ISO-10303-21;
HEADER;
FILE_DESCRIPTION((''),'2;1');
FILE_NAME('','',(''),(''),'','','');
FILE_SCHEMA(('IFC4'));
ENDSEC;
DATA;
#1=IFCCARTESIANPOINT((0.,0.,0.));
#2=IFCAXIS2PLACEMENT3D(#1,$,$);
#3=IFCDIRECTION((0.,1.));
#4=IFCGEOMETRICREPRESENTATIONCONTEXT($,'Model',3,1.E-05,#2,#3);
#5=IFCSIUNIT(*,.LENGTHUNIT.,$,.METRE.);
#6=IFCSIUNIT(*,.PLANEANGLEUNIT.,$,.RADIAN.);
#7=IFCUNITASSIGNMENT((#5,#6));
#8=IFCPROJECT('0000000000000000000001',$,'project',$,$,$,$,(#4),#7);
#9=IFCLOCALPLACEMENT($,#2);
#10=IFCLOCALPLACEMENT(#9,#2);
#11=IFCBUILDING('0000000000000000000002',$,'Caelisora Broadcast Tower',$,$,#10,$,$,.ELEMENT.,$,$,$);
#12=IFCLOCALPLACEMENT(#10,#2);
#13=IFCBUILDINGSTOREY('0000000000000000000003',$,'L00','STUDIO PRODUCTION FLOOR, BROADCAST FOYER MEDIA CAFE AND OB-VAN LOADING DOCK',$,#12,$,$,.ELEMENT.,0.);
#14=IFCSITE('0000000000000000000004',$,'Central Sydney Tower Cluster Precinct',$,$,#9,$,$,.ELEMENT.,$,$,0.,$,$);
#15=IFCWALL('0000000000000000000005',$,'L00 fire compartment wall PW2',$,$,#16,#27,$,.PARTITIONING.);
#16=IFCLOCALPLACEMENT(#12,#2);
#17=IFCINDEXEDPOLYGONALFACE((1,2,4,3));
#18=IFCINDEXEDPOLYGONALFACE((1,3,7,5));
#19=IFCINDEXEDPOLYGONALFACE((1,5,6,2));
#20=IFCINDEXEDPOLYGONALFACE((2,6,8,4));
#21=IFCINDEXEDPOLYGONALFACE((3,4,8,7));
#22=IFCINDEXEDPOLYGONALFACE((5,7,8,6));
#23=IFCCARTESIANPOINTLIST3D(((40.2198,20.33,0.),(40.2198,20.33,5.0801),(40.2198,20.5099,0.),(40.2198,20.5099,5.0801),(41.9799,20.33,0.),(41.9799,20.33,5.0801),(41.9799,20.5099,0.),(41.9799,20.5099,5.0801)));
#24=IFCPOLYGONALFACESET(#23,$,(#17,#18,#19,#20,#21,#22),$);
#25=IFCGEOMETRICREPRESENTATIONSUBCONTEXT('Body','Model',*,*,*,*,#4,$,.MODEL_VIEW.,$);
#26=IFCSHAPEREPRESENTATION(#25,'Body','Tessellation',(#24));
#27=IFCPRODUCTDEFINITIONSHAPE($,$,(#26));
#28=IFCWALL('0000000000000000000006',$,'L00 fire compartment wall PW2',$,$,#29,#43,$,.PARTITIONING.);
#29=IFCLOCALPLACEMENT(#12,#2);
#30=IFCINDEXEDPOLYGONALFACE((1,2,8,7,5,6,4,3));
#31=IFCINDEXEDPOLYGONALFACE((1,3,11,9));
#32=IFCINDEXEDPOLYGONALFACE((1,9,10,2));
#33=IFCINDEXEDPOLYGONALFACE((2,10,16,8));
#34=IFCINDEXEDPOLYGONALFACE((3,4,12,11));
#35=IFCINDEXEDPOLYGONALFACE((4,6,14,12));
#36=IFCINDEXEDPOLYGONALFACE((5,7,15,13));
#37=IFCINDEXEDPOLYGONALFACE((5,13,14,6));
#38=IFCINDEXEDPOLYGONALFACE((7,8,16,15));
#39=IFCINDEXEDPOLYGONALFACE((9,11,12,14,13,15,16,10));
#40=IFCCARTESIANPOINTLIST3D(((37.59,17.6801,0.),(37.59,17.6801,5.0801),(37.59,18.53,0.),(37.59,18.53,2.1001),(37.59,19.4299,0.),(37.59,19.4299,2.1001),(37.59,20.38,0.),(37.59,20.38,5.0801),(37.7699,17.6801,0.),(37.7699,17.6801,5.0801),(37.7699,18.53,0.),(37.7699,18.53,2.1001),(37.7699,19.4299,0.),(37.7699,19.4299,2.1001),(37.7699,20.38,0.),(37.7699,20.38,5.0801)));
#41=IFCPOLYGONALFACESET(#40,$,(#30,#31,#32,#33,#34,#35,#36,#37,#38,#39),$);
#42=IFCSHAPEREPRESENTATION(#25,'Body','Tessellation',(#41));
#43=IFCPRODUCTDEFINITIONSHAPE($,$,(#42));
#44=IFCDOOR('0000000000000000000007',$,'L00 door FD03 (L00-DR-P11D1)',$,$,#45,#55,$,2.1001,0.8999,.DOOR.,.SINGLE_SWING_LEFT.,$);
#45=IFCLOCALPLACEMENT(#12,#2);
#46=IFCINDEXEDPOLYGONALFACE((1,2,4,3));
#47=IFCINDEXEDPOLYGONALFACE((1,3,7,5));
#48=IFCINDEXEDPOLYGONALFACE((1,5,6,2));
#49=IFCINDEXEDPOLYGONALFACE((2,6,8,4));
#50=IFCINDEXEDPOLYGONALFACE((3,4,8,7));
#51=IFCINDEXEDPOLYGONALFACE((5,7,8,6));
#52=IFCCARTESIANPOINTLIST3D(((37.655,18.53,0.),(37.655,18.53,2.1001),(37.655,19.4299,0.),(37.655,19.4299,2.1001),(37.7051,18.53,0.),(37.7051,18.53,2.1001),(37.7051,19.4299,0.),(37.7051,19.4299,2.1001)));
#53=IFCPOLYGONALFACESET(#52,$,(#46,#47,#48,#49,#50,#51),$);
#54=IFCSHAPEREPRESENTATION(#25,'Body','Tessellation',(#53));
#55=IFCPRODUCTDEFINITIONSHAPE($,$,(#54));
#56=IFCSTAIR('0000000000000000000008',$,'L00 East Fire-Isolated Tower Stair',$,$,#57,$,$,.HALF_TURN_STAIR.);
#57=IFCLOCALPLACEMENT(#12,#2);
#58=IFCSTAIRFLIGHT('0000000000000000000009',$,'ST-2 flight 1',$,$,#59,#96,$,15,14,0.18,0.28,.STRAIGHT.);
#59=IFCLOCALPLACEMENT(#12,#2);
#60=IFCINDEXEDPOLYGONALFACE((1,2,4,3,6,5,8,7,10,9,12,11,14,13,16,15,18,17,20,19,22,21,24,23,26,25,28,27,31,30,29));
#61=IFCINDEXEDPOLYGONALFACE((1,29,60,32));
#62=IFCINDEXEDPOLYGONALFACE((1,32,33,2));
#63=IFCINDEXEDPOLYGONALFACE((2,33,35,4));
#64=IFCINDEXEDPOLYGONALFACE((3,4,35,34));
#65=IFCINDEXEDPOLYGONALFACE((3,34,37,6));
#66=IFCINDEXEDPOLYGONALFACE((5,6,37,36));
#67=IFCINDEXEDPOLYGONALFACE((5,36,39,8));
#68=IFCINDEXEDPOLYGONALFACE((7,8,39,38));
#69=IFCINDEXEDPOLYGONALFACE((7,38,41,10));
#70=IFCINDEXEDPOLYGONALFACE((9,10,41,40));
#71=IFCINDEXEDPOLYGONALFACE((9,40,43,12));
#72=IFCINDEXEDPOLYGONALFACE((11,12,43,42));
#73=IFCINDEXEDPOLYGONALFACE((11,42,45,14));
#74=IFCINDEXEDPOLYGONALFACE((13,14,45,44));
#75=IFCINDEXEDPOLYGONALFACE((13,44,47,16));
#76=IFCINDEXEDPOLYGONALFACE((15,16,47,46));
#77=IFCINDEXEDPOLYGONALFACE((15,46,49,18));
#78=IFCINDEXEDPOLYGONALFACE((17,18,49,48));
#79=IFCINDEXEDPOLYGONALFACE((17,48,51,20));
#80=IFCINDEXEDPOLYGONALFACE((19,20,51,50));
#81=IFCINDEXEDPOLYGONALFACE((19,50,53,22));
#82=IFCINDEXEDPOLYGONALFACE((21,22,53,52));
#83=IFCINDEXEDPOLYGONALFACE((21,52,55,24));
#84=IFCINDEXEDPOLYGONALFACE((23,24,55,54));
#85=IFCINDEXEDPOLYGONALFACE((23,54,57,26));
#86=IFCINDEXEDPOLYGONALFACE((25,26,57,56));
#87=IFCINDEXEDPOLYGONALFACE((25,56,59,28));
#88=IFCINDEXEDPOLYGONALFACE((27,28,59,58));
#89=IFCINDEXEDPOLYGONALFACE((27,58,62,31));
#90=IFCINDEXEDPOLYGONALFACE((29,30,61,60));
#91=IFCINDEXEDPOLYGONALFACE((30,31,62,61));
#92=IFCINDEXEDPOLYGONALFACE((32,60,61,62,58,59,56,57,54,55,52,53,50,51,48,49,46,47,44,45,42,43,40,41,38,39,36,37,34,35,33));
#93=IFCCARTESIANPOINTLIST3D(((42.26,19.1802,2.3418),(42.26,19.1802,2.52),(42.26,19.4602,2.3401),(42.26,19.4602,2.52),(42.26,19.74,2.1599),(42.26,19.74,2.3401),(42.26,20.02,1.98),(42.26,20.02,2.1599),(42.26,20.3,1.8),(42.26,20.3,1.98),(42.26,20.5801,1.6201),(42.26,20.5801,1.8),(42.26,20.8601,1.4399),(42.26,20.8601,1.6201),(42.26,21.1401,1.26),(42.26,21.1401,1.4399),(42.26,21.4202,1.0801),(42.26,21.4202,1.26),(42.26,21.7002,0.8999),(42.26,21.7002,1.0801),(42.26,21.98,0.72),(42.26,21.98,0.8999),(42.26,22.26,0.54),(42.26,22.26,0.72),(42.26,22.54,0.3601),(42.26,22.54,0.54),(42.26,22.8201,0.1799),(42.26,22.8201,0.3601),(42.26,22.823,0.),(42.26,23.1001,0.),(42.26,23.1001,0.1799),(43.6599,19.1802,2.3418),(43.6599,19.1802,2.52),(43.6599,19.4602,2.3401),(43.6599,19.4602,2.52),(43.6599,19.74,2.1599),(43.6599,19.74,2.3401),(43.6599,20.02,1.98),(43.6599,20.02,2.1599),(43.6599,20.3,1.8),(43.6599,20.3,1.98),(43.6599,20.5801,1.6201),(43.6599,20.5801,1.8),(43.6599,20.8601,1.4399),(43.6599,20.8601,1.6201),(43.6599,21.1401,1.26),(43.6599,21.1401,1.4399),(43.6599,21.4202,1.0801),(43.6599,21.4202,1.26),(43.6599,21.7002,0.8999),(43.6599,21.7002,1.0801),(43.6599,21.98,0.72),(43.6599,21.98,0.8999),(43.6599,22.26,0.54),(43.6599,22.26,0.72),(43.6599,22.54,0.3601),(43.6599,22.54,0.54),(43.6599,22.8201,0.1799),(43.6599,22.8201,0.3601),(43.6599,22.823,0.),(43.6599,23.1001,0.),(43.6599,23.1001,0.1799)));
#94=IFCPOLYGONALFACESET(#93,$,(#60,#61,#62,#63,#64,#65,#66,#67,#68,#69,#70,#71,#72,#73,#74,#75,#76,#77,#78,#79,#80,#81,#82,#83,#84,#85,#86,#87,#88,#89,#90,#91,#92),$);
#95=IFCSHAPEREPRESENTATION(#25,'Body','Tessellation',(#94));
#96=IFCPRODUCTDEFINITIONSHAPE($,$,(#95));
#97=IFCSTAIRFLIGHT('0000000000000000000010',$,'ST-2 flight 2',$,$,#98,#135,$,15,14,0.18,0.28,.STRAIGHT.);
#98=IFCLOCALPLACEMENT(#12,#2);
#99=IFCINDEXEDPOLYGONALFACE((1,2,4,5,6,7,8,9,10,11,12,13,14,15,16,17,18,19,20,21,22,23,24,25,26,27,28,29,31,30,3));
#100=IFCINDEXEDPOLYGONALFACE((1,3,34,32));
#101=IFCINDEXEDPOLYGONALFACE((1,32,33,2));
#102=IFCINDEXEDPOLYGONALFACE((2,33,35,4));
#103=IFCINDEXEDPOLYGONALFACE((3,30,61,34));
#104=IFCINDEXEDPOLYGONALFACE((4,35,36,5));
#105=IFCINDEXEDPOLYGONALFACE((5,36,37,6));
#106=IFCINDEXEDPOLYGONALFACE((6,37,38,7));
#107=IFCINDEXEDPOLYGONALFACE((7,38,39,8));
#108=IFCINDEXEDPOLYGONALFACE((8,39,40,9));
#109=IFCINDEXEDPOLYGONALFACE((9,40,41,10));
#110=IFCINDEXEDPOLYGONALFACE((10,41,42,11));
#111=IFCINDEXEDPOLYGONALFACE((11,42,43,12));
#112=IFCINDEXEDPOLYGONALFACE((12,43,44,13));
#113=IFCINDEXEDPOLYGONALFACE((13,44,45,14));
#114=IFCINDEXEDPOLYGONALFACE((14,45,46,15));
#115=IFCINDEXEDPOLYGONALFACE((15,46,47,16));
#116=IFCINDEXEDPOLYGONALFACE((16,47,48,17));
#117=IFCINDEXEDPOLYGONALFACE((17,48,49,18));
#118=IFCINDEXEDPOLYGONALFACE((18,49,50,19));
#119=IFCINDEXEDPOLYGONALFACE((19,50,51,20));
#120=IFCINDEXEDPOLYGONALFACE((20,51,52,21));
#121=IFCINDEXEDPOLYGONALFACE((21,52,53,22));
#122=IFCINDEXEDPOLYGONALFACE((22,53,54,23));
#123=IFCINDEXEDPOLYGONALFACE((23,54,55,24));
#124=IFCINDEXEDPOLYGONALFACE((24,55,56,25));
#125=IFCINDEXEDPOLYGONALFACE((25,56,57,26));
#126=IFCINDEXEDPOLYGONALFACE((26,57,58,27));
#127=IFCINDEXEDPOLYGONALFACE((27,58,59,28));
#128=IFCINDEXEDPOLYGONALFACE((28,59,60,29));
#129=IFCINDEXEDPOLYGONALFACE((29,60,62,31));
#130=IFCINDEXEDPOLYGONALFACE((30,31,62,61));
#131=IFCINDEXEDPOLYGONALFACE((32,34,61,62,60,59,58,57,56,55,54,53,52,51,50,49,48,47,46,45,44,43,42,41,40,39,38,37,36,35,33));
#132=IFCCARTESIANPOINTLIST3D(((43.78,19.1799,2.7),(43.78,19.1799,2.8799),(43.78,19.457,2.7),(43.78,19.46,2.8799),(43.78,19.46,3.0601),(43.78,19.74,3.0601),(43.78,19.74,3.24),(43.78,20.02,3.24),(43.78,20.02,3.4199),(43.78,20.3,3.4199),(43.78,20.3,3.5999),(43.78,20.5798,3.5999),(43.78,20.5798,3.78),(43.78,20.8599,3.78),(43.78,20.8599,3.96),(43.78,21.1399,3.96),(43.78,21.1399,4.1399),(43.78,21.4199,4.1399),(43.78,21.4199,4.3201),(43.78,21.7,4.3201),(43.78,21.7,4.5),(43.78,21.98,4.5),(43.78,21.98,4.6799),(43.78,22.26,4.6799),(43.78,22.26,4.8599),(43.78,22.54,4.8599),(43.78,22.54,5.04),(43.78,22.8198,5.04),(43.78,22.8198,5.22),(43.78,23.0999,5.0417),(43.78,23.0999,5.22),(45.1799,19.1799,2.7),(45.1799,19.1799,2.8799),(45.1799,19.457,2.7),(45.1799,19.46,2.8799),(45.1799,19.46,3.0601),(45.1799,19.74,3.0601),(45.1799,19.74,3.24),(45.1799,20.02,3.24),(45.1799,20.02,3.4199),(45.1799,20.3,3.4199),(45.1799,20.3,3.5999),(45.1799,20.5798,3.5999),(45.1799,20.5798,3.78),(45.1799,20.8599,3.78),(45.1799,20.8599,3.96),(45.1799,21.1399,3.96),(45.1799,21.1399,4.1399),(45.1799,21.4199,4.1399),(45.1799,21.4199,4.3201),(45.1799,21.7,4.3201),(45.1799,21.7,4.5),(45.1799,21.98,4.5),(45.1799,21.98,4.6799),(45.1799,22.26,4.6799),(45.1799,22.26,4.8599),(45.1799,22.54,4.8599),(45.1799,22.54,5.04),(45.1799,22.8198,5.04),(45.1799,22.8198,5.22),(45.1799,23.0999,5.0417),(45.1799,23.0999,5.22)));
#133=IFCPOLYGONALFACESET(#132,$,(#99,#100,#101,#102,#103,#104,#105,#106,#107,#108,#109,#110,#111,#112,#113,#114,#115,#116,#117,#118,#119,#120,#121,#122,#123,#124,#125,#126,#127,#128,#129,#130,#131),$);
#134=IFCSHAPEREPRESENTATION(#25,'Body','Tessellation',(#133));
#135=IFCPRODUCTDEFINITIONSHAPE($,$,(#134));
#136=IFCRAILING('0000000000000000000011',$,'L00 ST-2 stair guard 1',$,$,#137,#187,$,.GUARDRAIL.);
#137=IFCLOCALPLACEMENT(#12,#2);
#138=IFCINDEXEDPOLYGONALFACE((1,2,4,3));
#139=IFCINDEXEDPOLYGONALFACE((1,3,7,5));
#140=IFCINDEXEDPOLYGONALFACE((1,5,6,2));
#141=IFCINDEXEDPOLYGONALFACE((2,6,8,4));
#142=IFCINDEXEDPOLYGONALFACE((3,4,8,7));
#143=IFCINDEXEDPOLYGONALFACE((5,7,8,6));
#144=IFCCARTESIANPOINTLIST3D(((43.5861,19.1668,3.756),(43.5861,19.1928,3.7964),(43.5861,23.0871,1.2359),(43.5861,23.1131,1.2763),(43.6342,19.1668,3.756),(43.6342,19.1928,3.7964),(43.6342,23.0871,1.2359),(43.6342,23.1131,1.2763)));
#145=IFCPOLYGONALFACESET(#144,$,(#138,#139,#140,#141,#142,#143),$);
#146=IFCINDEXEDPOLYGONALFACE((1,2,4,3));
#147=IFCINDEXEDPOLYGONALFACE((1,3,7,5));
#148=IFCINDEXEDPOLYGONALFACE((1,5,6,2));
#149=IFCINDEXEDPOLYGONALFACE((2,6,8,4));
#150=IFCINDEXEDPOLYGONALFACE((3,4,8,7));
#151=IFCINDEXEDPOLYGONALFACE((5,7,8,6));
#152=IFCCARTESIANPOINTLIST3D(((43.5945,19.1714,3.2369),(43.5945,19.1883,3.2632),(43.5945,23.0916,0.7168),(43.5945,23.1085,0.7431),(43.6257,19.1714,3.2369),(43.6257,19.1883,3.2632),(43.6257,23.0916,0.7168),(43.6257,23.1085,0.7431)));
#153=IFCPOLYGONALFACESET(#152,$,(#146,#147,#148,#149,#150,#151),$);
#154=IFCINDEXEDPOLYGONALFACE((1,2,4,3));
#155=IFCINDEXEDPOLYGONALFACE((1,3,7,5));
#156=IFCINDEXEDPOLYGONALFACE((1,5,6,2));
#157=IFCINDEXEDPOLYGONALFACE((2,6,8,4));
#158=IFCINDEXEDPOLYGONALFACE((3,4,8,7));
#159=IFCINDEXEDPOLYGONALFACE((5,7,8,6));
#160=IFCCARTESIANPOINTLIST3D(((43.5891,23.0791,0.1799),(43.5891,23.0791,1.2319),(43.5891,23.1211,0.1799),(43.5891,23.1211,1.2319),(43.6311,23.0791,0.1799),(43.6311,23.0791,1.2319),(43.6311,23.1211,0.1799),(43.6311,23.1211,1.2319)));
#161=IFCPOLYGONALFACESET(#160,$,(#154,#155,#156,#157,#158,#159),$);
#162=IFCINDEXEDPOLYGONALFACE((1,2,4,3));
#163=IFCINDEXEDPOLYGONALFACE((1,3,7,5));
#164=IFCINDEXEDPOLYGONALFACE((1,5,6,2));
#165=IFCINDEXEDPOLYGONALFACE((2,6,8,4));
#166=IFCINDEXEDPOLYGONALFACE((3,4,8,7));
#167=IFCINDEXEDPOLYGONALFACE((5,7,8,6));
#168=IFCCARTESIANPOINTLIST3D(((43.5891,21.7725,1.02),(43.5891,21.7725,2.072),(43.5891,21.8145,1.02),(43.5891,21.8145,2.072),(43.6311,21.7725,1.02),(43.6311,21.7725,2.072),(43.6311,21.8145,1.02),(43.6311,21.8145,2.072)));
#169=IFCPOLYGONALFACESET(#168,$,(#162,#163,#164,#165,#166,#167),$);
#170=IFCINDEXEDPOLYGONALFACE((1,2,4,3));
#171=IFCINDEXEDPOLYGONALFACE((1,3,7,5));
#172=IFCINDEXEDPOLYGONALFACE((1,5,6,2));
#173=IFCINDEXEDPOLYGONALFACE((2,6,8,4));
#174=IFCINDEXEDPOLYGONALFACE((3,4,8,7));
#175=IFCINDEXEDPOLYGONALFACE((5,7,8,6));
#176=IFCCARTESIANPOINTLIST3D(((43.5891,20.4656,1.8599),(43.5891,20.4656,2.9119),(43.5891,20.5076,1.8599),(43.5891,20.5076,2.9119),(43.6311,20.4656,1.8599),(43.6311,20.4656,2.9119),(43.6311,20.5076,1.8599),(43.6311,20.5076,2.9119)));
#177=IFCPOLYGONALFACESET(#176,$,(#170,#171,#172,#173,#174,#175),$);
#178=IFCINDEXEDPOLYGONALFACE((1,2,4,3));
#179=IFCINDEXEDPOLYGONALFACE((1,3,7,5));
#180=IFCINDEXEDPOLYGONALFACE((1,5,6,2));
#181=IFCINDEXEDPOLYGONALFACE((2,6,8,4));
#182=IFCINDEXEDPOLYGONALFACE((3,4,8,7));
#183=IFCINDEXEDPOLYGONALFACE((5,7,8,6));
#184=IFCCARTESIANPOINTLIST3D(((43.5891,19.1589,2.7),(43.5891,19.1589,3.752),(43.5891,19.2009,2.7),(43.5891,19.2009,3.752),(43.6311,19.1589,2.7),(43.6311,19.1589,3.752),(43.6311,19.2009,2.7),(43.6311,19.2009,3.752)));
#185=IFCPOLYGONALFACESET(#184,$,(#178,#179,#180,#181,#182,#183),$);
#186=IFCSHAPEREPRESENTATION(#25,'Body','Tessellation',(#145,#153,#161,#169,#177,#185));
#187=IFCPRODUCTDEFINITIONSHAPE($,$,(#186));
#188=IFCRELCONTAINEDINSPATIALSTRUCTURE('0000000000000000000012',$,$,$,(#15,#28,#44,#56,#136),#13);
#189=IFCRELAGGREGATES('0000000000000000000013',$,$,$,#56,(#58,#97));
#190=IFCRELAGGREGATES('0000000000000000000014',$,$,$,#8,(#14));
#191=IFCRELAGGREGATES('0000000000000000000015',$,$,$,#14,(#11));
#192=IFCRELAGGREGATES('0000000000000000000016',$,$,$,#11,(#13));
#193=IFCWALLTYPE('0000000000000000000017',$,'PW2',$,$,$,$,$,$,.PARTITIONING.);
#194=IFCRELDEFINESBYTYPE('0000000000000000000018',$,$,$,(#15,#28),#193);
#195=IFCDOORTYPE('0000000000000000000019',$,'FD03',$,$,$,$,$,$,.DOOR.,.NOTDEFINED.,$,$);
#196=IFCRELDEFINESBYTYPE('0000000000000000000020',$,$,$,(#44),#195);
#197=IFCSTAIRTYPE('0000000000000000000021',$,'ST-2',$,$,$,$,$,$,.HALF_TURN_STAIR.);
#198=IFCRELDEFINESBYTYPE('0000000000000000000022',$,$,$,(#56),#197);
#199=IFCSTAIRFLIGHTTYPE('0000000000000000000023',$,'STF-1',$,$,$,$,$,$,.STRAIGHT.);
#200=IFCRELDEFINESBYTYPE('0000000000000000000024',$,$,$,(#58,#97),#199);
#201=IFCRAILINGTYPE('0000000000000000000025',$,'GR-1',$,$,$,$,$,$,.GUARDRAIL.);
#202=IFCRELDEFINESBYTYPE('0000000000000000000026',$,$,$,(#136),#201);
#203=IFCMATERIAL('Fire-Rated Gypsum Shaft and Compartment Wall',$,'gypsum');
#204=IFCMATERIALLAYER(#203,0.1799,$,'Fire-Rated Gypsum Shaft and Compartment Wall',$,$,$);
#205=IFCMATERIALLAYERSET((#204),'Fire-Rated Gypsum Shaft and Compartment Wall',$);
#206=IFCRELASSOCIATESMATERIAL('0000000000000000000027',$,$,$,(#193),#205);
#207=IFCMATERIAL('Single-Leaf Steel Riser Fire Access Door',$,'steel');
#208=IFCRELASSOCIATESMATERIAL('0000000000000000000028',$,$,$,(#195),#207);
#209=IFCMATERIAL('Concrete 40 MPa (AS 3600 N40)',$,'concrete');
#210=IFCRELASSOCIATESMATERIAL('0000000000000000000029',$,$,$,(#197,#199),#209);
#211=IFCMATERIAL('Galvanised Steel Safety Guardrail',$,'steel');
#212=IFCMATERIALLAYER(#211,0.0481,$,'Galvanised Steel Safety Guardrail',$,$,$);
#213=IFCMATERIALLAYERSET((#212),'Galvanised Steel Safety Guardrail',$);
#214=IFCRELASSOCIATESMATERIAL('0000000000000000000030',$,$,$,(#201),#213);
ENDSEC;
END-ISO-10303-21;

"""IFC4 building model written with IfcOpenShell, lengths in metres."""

from ifc_helpers import new_model, si_unit, direction, frame, frame_2d, origin, origin_2d, place, context, subcontext, project, spatial, polyline, rectangle, outline, extrude, material, layer, layer_set, type_object, element, fill, aggregate, save


model = new_model("IFC4")

# Units and contexts
model_context = context("Model", 3, precision=1e-05, world=origin(), true_north=direction((0.0, 1.0)))
body_context = subcontext(model_context, "Body", "Model", "MODEL_VIEW")
ifc_project = project(units=[si_unit("LENGTHUNIT", "METRE"), si_unit("PLANEANGLEUNIT", "RADIAN")], contexts=[model_context])

# Site, building, storey
site_placement = place(None, origin())
site = spatial("IfcSite", under=ifc_project, at=site_placement, Name="Central Sydney Tower Cluster Precinct", CompositionType="ELEMENT", RefElevation=0.0)
building_placement = place(site_placement, origin())
building = spatial("IfcBuilding", under=site, at=building_placement, Name="Caelisora Broadcast Tower", CompositionType="ELEMENT")
storey_placement = place(building_placement, origin())
storey = spatial("IfcBuildingStorey", under=building, at=storey_placement, Name="L00", Description="STUDIO PRODUCTION FLOOR, BROADCAST FOYER MEDIA CAFE AND OB-VAN LOADING DOCK", CompositionType="ELEMENT", Elevation=0.0)

# Shared definitions
ifc_material_1 = material(Name="Fire-Rated Gypsum Shaft and Compartment Wall", Category="gypsum")
ifc_layer_1 = layer(ifc_material_1, 0.1799, Name="Fire-Rated Gypsum Shaft and Compartment Wall")
ifc_layer_set_1 = layer_set([ifc_layer_1], Name="Fire-Rated Gypsum Shaft and Compartment Wall")
wall_type_1 = type_object("IfcWallType", Name="PW2", PredefinedType="PARTITIONING", material=ifc_layer_set_1)

# Wall
wall_1_placement = place(storey_placement, frame((40.22, 20.4199, 0.0), z_axis=(0.0, 0.0, 1.0), x_axis=(1.0, 0.0, 0.0)))
element("IfcWall", 1, at=wall_1_placement, inside=storey, type_object=wall_type_1, Name="L00 fire compartment wall PW2", PredefinedType="PARTITIONING", context=body_context, shape_type="SweptSolid", body=[
    extrude(rectangle(XDim=1.76, YDim=0.1799, at=frame_2d((0.8799, 0.0))), origin(), (0.0, 0.0, 1.0), 5.0801),
])

# Wall, opening, door
wall_2_placement = place(storey_placement, frame((37.6799, 17.6799, 0.0), z_axis=(0.0, 0.0, 1.0), x_axis=(0.0, 1.0, 0.0)))
wall_2 = element("IfcWall", 2, at=wall_2_placement, inside=storey, type_object=wall_type_1, Name="L00 fire compartment wall PW2", PredefinedType="PARTITIONING", context=body_context, shape_type="SweptSolid", body=[
    extrude(rectangle(XDim=2.7, YDim=0.1799, at=frame_2d((1.3501, 0.0))), origin(), (0.0, 0.0, 1.0), 5.0801),
])
opening_1_placement = place(wall_2_placement, frame((0.8501, 0.0, 0.0)))
opening_1 = element("IfcOpeningElement", 3, at=opening_1_placement, cuts=wall_2, PredefinedType="OPENING", context=body_context, shape_type="SweptSolid", body=[
    extrude(rectangle(XDim=0.8999, YDim=2.1001, at=frame_2d((0.45, 1.05))), frame((0.0, 0.1021, 0.0), z_axis=(0.0, -1.0, 0.0), x_axis=(1.0, 0.0, 0.0)), (0.0, 0.0, 1.0), 0.2039),
])
ifc_material_2 = material(Name="Single-Leaf Steel Riser Fire Access Door", Category="steel")
door_type_1 = type_object("IfcDoorType", Name="FD03", OperationType="NOTDEFINED", PredefinedType="DOOR", material=ifc_material_2)
door_1_placement = place(opening_1_placement, origin())
door_1 = element("IfcDoor", 4, at=door_1_placement, inside=storey, type_object=door_type_1, Name="L00 door FD03 (L00-DR-P11D1)", OperationType="SINGLE_SWING_LEFT", OverallHeight=2.1001, OverallWidth=0.8999, PredefinedType="DOOR", context=body_context, shape_type="SweptSolid", body=[
    extrude(rectangle(XDim=0.8999, YDim=2.1001, at=frame_2d((0.45, 1.05))), frame((0.0, 0.0249, 0.0), z_axis=(0.0, -1.0, 0.0), x_axis=(1.0, 0.0, 0.0)), (0.0, 0.0, 1.0), 0.05),
])
fill(opening_1, door_1)

# Stair, stair flights
ifc_material_3 = material(Name="Concrete 40 MPa (AS 3600 N40)", Category="concrete")
stair_type = type_object("IfcStairType", Name="ST-2", PredefinedType="HALF_TURN_STAIR", material=ifc_material_3)
stair_placement = place(storey_placement, origin())
stair = element("IfcStair", 5, at=stair_placement, inside=storey, type_object=stair_type, Name="L00 East Fire-Isolated Tower Stair", PredefinedType="HALF_TURN_STAIR")
stair_flight_type = type_object("IfcStairFlightType", Name="STF-1", PredefinedType="STRAIGHT", material=ifc_material_3)
stair_flight_1_placement = place(storey_placement, frame((42.96, 23.1001, 0.0), z_axis=(0.0, 0.0, 1.0), x_axis=(0.0, -1.0, 0.0)))
stair_flight_1 = element("IfcStairFlight", 6, at=stair_flight_1_placement, type_object=stair_flight_type, Name="ST-2 flight 1", NumberOfRisers=15, NumberOfTreads=14, PredefinedType="STRAIGHT", RiserHeight=0.18, TreadLength=0.28, context=body_context, shape_type="SweptSolid", body=[
    extrude(outline(polyline([(0.0, 0.0), (0.0, 0.1799), (0.28, 0.1799), (0.28, 0.3601), (0.5601, 0.3601), (0.5601, 0.54), (0.8401, 0.54), (0.8401, 0.72), (1.1201, 0.72), (1.1201, 0.8999), (1.3999, 0.8999), (1.3999, 1.0801), (1.6799, 1.0801), (1.6799, 1.26), (1.96, 1.26), (1.96, 1.4399), (2.24, 1.4399), (2.24, 1.6201), (2.52, 1.6201), (2.52, 1.8), (2.8, 1.8), (2.8, 1.98), (3.0801, 1.98), (3.0801, 2.1599), (3.3601, 2.1599), (3.3601, 2.3401), (3.6399, 2.3401), (3.6399, 2.52), (3.9199, 2.52), (3.9199, 2.7), (3.9199, 2.3418), (0.2771, 0.0), (0.0, 0.0)])), frame((0.0, 0.7, 0.0), z_axis=(0.0, -1.0, 0.0), x_axis=(1.0, 0.0, 0.0)), (0.0, 0.0, 1.0), 1.3999),
])
stair_flight_2_placement = place(storey_placement, frame((44.48, 19.1799, 2.7), z_axis=(0.0, 0.0, 1.0), x_axis=(0.0, 1.0, 0.0)))
stair_flight_2 = element("IfcStairFlight", 7, at=stair_flight_2_placement, type_object=stair_flight_type, Name="ST-2 flight 2", NumberOfRisers=15, NumberOfTreads=14, PredefinedType="STRAIGHT", RiserHeight=0.18, TreadLength=0.28, context=body_context, shape_type="SweptSolid", body=[
    extrude(outline(polyline([(0.0, 0.0), (0.0, 0.1799), (0.28, 0.1799), (0.28, 0.3601), (0.5601, 0.3601), (0.5601, 0.54), (0.8401, 0.54), (0.8401, 0.72), (1.1201, 0.72), (1.1201, 0.8999), (1.3999, 0.8999), (1.3999, 1.0801), (1.6799, 1.0801), (1.6799, 1.26), (1.96, 1.26), (1.96, 1.4399), (2.24, 1.4399), (2.24, 1.6201), (2.52, 1.6201), (2.52, 1.8), (2.8, 1.8), (2.8, 1.98), (3.0801, 1.98), (3.0801, 2.1599), (3.3601, 2.1599), (3.3601, 2.3401), (3.6399, 2.3401), (3.6399, 2.52), (3.9199, 2.52), (3.9199, 2.7), (3.9199, 2.3418), (0.2771, 0.0), (0.0, 0.0)])), frame((0.0, 0.7, 0.0), z_axis=(0.0, -1.0, 0.0), x_axis=(1.0, 0.0, 0.0)), (0.0, 0.0, 1.0), 1.3999),
])
aggregate(stair, [stair_flight_1, stair_flight_2])

# Railing
ifc_material_4 = material(Name="Galvanised Steel Safety Guardrail", Category="steel")
ifc_layer_2 = layer(ifc_material_4, 0.0481, Name="Galvanised Steel Safety Guardrail")
ifc_layer_set_2 = layer_set([ifc_layer_2], Name="Galvanised Steel Safety Guardrail")
railing_type_1 = type_object("IfcRailingType", Name="GR-1", PredefinedType="GUARDRAIL", material=ifc_layer_set_2)
railing_1_placement = place(storey_placement, frame((43.6101, 23.1001, 0.1799)))
element("IfcRailing", 8, at=railing_1_placement, inside=storey, type_object=railing_type_1, Name="L00 ST-2 stair guard 1", PredefinedType="GUARDRAIL", context=body_context, shape_type="SweptSolid", body=[
    extrude(rectangle(XDim=0.0481, YDim=0.0481, at=origin_2d()), frame((0.0, 0.0, 1.0762), z_axis=(0.0, -0.841187, 0.540744), x_axis=(1.0, 0.0, 0.0)), (0.0, 0.0, 1.0), 4.6604),
    extrude(rectangle(XDim=0.0312, YDim=0.0312, at=origin_2d()), frame((0.0, 0.0, 0.55), z_axis=(0.0, -0.841187, 0.540744), x_axis=(1.0, 0.0, 0.0)), (0.0, 0.0, 1.0), 4.6604),
    extrude(rectangle(XDim=0.042, YDim=0.042, at=origin_2d()), origin(), (0.0, 0.0, 1.0), 1.052),
    extrude(rectangle(XDim=0.042, YDim=0.042, at=origin_2d()), frame((0.0, -1.3066, 0.8401)), (0.0, 0.0, 1.0), 1.052),
    extrude(rectangle(XDim=0.042, YDim=0.042, at=origin_2d()), frame((0.0, -2.6135, 1.6799)), (0.0, 0.0, 1.0), 1.052),
    extrude(rectangle(XDim=0.042, YDim=0.042, at=origin_2d()), frame((0.0, -3.9202, 2.52)), (0.0, 0.0, 1.0), 1.052),
])

save(model, "model.ifc")
